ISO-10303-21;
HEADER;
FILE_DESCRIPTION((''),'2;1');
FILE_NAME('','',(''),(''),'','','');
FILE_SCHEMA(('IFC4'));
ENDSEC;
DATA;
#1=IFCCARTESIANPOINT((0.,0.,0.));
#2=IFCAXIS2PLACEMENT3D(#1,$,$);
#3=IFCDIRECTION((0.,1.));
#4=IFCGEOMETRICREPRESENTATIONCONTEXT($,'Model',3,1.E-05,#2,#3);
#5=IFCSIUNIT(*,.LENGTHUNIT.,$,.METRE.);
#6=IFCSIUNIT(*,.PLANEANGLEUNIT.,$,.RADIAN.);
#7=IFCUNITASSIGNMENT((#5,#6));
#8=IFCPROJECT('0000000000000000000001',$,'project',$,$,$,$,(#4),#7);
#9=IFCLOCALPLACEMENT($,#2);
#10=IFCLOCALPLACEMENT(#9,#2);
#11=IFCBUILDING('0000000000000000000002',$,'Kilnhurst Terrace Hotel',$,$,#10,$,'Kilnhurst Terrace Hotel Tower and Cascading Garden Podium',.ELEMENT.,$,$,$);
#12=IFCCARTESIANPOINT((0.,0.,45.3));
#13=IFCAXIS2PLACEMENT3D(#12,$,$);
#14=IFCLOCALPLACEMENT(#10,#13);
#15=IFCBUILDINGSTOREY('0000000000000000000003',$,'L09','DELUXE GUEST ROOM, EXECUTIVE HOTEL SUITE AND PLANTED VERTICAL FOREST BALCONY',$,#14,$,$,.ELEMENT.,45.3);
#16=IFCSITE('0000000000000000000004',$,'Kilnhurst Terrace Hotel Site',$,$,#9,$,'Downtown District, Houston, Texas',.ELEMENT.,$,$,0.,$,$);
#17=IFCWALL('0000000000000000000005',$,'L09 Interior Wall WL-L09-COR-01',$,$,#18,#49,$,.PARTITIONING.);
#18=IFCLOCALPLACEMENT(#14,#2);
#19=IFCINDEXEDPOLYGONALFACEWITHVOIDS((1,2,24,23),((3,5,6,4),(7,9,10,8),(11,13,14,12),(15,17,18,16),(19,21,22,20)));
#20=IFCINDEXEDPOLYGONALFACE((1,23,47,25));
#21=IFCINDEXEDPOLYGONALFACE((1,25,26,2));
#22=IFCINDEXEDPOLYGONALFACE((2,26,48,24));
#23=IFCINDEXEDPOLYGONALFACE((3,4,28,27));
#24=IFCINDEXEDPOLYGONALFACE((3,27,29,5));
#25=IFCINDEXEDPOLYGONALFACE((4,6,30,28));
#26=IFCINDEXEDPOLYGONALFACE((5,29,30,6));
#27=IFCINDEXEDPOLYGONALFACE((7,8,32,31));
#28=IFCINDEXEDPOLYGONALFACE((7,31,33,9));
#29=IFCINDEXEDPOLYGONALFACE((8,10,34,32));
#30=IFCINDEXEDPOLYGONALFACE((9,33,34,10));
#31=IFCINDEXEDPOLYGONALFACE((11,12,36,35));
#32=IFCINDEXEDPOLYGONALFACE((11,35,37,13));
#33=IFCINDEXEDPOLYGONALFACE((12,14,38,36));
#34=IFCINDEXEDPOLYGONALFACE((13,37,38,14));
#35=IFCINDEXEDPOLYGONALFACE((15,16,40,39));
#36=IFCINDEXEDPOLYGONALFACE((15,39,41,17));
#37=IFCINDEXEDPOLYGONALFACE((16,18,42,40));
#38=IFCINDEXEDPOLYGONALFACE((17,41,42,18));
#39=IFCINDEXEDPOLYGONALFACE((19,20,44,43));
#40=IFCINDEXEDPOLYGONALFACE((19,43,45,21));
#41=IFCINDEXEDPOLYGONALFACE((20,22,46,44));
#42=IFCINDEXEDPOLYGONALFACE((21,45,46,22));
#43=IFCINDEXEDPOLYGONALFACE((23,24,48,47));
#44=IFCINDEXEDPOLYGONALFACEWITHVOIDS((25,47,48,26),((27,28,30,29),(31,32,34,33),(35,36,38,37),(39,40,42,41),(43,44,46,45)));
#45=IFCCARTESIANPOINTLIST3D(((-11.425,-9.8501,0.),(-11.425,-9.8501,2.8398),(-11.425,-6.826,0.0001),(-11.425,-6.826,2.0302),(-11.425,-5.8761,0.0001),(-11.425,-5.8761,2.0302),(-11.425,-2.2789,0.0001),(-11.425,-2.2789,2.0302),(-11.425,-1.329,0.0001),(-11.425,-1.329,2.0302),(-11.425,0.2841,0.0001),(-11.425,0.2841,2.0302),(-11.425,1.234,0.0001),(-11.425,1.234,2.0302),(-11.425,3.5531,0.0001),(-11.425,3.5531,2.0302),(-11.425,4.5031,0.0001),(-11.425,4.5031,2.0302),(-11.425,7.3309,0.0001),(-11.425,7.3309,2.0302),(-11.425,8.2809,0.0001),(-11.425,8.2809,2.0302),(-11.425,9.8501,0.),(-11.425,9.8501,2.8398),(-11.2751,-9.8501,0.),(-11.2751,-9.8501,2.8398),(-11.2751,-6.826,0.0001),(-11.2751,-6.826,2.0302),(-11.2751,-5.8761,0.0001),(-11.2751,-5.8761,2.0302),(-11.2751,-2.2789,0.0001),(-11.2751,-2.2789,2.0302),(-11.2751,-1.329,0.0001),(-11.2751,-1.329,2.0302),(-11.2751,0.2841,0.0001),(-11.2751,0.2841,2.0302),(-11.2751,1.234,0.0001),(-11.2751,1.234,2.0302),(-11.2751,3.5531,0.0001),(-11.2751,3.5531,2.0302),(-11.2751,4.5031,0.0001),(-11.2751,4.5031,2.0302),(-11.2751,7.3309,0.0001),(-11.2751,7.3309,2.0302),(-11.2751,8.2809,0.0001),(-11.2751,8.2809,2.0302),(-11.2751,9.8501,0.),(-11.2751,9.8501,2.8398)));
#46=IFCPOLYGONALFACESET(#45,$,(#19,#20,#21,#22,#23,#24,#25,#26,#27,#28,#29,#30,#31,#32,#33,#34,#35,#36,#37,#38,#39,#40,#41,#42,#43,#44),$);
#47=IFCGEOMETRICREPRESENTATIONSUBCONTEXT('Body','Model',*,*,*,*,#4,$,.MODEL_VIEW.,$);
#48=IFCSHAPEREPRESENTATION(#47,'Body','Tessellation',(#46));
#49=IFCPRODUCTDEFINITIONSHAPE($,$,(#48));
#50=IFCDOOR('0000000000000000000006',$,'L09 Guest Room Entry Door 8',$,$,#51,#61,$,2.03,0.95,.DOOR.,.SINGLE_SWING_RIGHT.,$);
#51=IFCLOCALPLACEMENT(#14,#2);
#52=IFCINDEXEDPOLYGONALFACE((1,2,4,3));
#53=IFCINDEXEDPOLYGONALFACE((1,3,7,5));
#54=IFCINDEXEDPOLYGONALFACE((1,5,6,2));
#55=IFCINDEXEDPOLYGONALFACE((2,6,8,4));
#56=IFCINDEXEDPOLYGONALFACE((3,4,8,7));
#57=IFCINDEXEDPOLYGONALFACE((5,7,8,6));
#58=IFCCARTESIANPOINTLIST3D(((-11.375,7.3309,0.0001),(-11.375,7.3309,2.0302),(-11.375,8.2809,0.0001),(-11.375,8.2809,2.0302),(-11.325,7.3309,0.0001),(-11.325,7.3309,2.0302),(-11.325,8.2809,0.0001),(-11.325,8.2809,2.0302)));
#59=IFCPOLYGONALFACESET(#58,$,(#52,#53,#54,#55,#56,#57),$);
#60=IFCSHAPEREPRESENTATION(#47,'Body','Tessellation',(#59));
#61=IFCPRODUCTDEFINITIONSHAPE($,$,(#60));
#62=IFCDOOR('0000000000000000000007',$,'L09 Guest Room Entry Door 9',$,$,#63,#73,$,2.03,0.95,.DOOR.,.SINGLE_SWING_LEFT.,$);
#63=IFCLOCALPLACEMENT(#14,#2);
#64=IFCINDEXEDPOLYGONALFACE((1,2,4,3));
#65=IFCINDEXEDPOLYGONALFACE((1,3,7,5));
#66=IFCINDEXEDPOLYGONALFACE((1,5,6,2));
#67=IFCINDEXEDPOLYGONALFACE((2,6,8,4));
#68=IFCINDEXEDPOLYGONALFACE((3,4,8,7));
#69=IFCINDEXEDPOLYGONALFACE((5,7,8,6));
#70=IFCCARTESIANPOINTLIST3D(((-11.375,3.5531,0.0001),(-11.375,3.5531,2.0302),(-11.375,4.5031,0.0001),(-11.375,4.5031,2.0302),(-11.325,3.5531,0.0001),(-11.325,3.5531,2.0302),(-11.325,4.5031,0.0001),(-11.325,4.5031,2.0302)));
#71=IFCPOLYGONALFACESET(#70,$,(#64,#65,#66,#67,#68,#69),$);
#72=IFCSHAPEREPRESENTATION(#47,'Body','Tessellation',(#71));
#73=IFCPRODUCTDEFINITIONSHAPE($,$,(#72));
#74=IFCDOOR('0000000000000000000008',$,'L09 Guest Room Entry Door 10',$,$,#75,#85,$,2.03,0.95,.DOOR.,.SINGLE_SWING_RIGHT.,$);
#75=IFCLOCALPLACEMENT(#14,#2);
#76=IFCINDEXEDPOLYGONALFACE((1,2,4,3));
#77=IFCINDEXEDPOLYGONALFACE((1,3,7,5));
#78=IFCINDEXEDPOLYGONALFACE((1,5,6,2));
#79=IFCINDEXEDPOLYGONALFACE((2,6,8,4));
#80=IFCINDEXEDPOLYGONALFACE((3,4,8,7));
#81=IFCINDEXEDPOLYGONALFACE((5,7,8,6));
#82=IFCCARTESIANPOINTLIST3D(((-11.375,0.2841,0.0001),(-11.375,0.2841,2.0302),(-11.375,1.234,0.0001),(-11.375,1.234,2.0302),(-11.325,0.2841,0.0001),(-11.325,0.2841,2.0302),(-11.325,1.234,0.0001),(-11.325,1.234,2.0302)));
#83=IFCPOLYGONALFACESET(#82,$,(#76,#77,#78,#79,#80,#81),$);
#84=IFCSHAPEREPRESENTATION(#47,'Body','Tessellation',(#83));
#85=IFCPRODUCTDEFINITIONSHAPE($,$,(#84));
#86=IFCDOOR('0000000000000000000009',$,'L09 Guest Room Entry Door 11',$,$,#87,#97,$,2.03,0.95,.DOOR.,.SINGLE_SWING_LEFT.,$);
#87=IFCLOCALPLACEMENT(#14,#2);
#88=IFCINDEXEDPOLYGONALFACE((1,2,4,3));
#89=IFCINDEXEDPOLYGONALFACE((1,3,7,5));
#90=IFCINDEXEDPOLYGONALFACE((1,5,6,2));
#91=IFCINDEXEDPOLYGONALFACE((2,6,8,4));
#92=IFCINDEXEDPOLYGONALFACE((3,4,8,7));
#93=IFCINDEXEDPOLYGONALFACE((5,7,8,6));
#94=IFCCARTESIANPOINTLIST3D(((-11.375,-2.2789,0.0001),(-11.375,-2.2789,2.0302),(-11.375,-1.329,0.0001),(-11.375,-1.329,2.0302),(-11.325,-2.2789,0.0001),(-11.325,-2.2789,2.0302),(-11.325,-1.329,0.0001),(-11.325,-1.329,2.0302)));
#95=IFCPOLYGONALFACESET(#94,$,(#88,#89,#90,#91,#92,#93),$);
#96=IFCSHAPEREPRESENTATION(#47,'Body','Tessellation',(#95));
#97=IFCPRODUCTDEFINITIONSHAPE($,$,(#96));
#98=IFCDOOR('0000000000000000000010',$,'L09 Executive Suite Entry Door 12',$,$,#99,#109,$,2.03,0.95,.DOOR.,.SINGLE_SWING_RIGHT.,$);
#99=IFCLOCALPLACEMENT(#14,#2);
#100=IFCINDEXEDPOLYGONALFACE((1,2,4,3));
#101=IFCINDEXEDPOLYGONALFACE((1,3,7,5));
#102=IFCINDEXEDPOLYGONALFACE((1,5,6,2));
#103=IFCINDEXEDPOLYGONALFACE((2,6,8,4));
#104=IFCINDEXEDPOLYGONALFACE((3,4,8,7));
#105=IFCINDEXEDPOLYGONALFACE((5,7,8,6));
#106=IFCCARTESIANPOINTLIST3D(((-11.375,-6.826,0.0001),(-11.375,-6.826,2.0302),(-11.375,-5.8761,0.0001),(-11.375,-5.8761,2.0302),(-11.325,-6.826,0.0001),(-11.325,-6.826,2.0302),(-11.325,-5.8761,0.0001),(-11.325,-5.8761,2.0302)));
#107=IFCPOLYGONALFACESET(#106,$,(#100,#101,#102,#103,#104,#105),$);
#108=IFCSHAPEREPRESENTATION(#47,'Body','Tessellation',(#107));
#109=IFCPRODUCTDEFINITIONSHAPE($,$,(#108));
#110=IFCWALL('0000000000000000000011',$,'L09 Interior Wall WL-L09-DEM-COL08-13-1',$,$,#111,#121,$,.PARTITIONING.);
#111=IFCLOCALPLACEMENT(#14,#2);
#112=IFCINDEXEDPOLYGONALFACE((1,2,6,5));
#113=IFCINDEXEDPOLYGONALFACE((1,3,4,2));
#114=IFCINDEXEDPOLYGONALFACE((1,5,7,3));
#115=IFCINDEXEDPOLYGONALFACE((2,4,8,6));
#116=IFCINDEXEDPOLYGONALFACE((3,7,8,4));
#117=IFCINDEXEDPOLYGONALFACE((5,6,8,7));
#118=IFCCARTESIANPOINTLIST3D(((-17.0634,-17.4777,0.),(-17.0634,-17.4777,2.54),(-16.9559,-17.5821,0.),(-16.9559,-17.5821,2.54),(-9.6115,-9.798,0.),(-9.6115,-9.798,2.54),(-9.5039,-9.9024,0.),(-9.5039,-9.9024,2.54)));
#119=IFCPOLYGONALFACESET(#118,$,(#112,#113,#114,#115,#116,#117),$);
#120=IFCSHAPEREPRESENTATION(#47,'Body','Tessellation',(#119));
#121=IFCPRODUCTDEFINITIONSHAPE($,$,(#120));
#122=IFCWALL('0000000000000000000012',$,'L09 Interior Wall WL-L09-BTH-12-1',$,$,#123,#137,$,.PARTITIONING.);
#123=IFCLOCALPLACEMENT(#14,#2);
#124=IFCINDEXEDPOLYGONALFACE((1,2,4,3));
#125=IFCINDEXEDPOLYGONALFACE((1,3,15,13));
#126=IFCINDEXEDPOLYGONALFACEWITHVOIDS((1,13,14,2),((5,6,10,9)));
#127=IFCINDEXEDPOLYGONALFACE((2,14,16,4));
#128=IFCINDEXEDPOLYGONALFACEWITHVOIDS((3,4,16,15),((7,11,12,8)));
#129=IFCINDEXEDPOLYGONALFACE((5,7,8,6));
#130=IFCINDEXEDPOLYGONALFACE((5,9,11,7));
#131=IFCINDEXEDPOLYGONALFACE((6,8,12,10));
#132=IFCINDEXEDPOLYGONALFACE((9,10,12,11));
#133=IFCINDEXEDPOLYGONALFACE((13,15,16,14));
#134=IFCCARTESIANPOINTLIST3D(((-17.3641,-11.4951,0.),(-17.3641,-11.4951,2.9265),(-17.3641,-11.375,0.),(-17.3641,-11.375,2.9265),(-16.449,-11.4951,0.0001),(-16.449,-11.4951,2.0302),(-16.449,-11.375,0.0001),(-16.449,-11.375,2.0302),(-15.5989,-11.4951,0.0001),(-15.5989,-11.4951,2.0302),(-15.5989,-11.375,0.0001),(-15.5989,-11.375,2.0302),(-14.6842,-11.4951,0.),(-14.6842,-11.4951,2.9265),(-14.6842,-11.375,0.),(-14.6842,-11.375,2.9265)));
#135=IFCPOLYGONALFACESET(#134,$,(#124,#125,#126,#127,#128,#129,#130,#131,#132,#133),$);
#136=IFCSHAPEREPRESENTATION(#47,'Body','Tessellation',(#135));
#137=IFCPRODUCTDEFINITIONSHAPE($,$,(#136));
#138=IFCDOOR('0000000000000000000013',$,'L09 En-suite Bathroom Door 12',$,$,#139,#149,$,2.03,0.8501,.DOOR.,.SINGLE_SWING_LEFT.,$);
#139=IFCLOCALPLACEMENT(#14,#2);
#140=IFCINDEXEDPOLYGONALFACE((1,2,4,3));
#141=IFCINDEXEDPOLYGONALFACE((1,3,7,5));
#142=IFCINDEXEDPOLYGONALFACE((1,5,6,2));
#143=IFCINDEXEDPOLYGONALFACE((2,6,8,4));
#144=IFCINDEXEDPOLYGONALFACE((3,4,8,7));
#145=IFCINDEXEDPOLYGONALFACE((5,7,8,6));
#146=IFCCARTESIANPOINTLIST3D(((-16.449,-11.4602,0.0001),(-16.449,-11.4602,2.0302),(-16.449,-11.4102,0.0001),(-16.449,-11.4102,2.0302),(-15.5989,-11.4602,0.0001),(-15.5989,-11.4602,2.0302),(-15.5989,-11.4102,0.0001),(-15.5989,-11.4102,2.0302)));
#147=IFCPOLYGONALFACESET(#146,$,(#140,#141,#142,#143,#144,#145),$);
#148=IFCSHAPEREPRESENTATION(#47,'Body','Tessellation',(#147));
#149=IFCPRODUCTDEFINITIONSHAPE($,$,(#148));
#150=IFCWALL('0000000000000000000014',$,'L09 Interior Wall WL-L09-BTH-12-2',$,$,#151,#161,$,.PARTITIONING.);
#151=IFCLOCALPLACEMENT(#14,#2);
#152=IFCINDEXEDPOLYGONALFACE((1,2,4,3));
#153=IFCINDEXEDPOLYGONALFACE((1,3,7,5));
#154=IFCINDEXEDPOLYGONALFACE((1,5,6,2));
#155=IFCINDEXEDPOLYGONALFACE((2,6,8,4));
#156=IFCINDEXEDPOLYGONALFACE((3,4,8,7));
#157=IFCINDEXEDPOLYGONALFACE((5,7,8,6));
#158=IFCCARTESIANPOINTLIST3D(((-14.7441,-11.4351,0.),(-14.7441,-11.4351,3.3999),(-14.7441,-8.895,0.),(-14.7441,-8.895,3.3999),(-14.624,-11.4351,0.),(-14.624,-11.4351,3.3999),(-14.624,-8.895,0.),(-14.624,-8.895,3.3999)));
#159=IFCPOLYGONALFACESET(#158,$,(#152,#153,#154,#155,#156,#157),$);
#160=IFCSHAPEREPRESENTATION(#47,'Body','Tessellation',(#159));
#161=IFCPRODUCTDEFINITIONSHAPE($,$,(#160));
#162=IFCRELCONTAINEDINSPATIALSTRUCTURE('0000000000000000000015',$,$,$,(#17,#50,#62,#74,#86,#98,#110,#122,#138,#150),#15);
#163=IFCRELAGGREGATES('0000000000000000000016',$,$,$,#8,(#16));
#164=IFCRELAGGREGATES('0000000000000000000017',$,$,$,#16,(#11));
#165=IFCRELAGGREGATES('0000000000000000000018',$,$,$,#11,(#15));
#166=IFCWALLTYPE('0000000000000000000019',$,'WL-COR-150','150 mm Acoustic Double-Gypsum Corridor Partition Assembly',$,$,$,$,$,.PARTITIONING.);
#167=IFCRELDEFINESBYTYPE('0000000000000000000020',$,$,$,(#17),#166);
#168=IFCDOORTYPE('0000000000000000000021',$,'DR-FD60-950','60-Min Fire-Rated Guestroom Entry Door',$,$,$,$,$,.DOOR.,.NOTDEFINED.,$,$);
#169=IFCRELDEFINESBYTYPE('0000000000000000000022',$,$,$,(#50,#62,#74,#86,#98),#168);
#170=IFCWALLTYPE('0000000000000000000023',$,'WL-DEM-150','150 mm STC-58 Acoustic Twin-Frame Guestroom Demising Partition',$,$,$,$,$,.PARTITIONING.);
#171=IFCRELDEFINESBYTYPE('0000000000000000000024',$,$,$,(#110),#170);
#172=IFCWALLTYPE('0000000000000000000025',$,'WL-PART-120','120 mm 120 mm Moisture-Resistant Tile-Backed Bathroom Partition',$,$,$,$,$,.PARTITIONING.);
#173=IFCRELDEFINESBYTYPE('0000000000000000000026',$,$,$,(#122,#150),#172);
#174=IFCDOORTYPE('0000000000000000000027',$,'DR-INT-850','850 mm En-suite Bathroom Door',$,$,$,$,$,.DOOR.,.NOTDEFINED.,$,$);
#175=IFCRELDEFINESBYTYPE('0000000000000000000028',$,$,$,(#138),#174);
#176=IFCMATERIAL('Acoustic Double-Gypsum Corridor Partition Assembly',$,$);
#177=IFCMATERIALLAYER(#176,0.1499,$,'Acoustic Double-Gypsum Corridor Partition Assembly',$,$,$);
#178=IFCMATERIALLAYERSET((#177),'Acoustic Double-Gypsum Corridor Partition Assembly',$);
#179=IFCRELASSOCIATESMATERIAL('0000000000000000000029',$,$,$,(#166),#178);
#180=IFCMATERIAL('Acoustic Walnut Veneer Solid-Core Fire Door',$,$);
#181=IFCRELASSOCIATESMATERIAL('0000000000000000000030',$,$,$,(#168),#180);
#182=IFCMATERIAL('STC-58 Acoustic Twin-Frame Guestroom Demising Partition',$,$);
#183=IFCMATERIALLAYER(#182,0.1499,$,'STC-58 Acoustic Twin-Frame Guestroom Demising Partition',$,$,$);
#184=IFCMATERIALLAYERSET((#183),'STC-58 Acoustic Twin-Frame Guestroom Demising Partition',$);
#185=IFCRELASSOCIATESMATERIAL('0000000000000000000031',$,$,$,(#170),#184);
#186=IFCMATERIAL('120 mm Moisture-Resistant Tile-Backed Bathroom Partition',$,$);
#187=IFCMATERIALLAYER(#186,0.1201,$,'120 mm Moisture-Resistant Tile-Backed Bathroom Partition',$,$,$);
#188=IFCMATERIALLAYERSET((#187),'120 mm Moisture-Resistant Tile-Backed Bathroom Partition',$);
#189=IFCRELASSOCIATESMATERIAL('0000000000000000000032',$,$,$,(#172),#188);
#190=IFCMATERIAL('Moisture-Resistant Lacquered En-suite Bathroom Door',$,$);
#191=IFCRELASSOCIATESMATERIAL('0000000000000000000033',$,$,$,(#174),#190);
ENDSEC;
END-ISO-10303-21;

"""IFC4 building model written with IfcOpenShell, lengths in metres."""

from ifc_helpers import new_model, si_unit, direction, frame, frame_2d, origin, place, context, subcontext, project, spatial, rectangle, extrude, material, layer, layer_set, type_object, element, fill, save


model = new_model("IFC4")

# Units and contexts
model_context = context("Model", 3, precision=1e-05, world=origin(), true_north=direction((0.0, 1.0)))
body_context = subcontext(model_context, "Body", "Model", "MODEL_VIEW")
ifc_project = project(units=[si_unit("LENGTHUNIT", "METRE"), si_unit("PLANEANGLEUNIT", "RADIAN")], contexts=[model_context])

# Site, building, storey
site_placement = place(None, origin())
site = spatial("IfcSite", under=ifc_project, at=site_placement, Name="Kilnhurst Terrace Hotel Site", LongName="Downtown District, Houston, Texas", CompositionType="ELEMENT", RefElevation=0.0)
building_placement = place(site_placement, origin())
building = spatial("IfcBuilding", under=site, at=building_placement, Name="Kilnhurst Terrace Hotel", LongName="Kilnhurst Terrace Hotel Tower and Cascading Garden Podium", CompositionType="ELEMENT")
storey_placement = place(building_placement, frame((0.0, 0.0, 45.3)))
storey = spatial("IfcBuildingStorey", under=building, at=storey_placement, Name="L09", Description="DELUXE GUEST ROOM, EXECUTIVE HOTEL SUITE AND PLANTED VERTICAL FOREST BALCONY", CompositionType="ELEMENT", Elevation=45.3)

# Wall, openings, doors
ifc_material_1 = material(Name="Acoustic Double-Gypsum Corridor Partition Assembly")
ifc_layer_1 = layer(ifc_material_1, 0.1499, Name="Acoustic Double-Gypsum Corridor Partition Assembly")
ifc_layer_set_1 = layer_set([ifc_layer_1], Name="Acoustic Double-Gypsum Corridor Partition Assembly")
wall_type_1 = type_object("IfcWallType", Name="WL-COR-150", Description="150 mm Acoustic Double-Gypsum Corridor Partition Assembly", PredefinedType="PARTITIONING", material=ifc_layer_set_1)
wall_1_placement = place(storey_placement, frame((-11.3501, -9.8501, 0.0), z_axis=(0.0, 0.0, 1.0), x_axis=(0.0, 1.0, 0.0)))
wall_1 = element("IfcWall", 1, at=wall_1_placement, inside=storey, type_object=wall_type_1, Name="L09 Interior Wall WL-L09-COR-01", PredefinedType="PARTITIONING", context=body_context, shape_type="SweptSolid", body=[
    extrude(rectangle(XDim=19.7002, YDim=0.1499, at=frame_2d((9.8501, 0.0))), origin(), (0.0, 0.0, 1.0), 2.8398),
])
opening_1_placement = place(wall_1_placement, frame((17.1809, 0.0, 0.0)))
opening_1 = element("IfcOpeningElement", 2, at=opening_1_placement, cuts=wall_1, PredefinedType="OPENING", context=body_context, shape_type="SweptSolid", body=[
    extrude(rectangle(XDim=0.95, YDim=2.03, at=frame_2d((0.4751, 1.0151))), frame((0.0, 0.085, 0.0), z_axis=(0.0, -1.0, 0.0), x_axis=(1.0, 0.0, 0.0)), (0.0, 0.0, 1.0), 0.1699),
])
opening_2_placement = place(wall_1_placement, frame((13.4031, 0.0, 0.0)))
opening_2 = element("IfcOpeningElement", 3, at=opening_2_placement, cuts=wall_1, PredefinedType="OPENING", context=body_context, shape_type="SweptSolid", body=[
    extrude(rectangle(XDim=0.95, YDim=2.03, at=frame_2d((0.4751, 1.0151))), frame((0.0, 0.085, 0.0), z_axis=(0.0, -1.0, 0.0), x_axis=(1.0, 0.0, 0.0)), (0.0, 0.0, 1.0), 0.1699),
])
opening_3_placement = place(wall_1_placement, frame((10.134, 0.0, 0.0)))
opening_3 = element("IfcOpeningElement", 4, at=opening_3_placement, cuts=wall_1, PredefinedType="OPENING", context=body_context, shape_type="SweptSolid", body=[
    extrude(rectangle(XDim=0.95, YDim=2.03, at=frame_2d((0.4751, 1.0151))), frame((0.0, 0.085, 0.0), z_axis=(0.0, -1.0, 0.0), x_axis=(1.0, 0.0, 0.0)), (0.0, 0.0, 1.0), 0.1699),
])
opening_4_placement = place(wall_1_placement, frame((7.571, 0.0, 0.0)))
opening_4 = element("IfcOpeningElement", 5, at=opening_4_placement, cuts=wall_1, PredefinedType="OPENING", context=body_context, shape_type="SweptSolid", body=[
    extrude(rectangle(XDim=0.95, YDim=2.03, at=frame_2d((0.4751, 1.0151))), frame((0.0, 0.085, 0.0), z_axis=(0.0, -1.0, 0.0), x_axis=(1.0, 0.0, 0.0)), (0.0, 0.0, 1.0), 0.1699),
])
opening_5_placement = place(wall_1_placement, frame((3.0239, 0.0, 0.0)))
opening_5 = element("IfcOpeningElement", 6, at=opening_5_placement, cuts=wall_1, PredefinedType="OPENING", context=body_context, shape_type="SweptSolid", body=[
    extrude(rectangle(XDim=0.95, YDim=2.03, at=frame_2d((0.4751, 1.0151))), frame((0.0, 0.085, 0.0), z_axis=(0.0, -1.0, 0.0), x_axis=(1.0, 0.0, 0.0)), (0.0, 0.0, 1.0), 0.1699),
])
ifc_material_2 = material(Name="Acoustic Walnut Veneer Solid-Core Fire Door")
door_type_1 = type_object("IfcDoorType", Name="DR-FD60-950", Description="60-Min Fire-Rated Guestroom Entry Door", OperationType="NOTDEFINED", PredefinedType="DOOR", material=ifc_material_2)
door_1_placement = place(opening_1_placement, origin())
door_1 = element("IfcDoor", 7, at=door_1_placement, inside=storey, type_object=door_type_1, Name="L09 Guest Room Entry Door 8", OperationType="SINGLE_SWING_RIGHT", OverallHeight=2.03, OverallWidth=0.95, PredefinedType="DOOR", context=body_context, shape_type="SweptSolid", body=[
    extrude(rectangle(XDim=0.95, YDim=2.03, at=frame_2d((0.4751, 1.0151))), frame((0.0, 0.0249, 0.0), z_axis=(0.0, -1.0, 0.0), x_axis=(1.0, 0.0, 0.0)), (0.0, 0.0, 1.0), 0.05),
])
fill(opening_1, door_1)
door_2_placement = place(opening_2_placement, origin())
door_2 = element("IfcDoor", 8, at=door_2_placement, inside=storey, type_object=door_type_1, Name="L09 Guest Room Entry Door 9", OperationType="SINGLE_SWING_LEFT", OverallHeight=2.03, OverallWidth=0.95, PredefinedType="DOOR", context=body_context, shape_type="SweptSolid", body=[
    extrude(rectangle(XDim=0.95, YDim=2.03, at=frame_2d((0.4751, 1.0151))), frame((0.0, 0.0249, 0.0), z_axis=(0.0, -1.0, 0.0), x_axis=(1.0, 0.0, 0.0)), (0.0, 0.0, 1.0), 0.05),
])
fill(opening_2, door_2)
door_3_placement = place(opening_3_placement, origin())
door_3 = element("IfcDoor", 9, at=door_3_placement, inside=storey, type_object=door_type_1, Name="L09 Guest Room Entry Door 10", OperationType="SINGLE_SWING_RIGHT", OverallHeight=2.03, OverallWidth=0.95, PredefinedType="DOOR", context=body_context, shape_type="SweptSolid", body=[
    extrude(rectangle(XDim=0.95, YDim=2.03, at=frame_2d((0.4751, 1.0151))), frame((0.0, 0.0249, 0.0), z_axis=(0.0, -1.0, 0.0), x_axis=(1.0, 0.0, 0.0)), (0.0, 0.0, 1.0), 0.05),
])
fill(opening_3, door_3)
door_4_placement = place(opening_4_placement, origin())
door_4 = element("IfcDoor", 10, at=door_4_placement, inside=storey, type_object=door_type_1, Name="L09 Guest Room Entry Door 11", OperationType="SINGLE_SWING_LEFT", OverallHeight=2.03, OverallWidth=0.95, PredefinedType="DOOR", context=body_context, shape_type="SweptSolid", body=[
    extrude(rectangle(XDim=0.95, YDim=2.03, at=frame_2d((0.4751, 1.0151))), frame((0.0, 0.0249, 0.0), z_axis=(0.0, -1.0, 0.0), x_axis=(1.0, 0.0, 0.0)), (0.0, 0.0, 1.0), 0.05),
])
fill(opening_4, door_4)
door_5_placement = place(opening_5_placement, origin())
door_5 = element("IfcDoor", 11, at=door_5_placement, inside=storey, type_object=door_type_1, Name="L09 Executive Suite Entry Door 12", OperationType="SINGLE_SWING_RIGHT", OverallHeight=2.03, OverallWidth=0.95, PredefinedType="DOOR", context=body_context, shape_type="SweptSolid", body=[
    extrude(rectangle(XDim=0.95, YDim=2.03, at=frame_2d((0.4751, 1.0151))), frame((0.0, 0.0249, 0.0), z_axis=(0.0, -1.0, 0.0), x_axis=(1.0, 0.0, 0.0)), (0.0, 0.0, 1.0), 0.05),
])
fill(opening_5, door_5)

# Wall
ifc_material_3 = material(Name="STC-58 Acoustic Twin-Frame Guestroom Demising Partition")
ifc_layer_2 = layer(ifc_material_3, 0.1499, Name="STC-58 Acoustic Twin-Frame Guestroom Demising Partition")
ifc_layer_set_2 = layer_set([ifc_layer_2], Name="STC-58 Acoustic Twin-Frame Guestroom Demising Partition")
wall_type_2 = type_object("IfcWallType", Name="WL-DEM-150", Description="150 mm STC-58 Acoustic Twin-Frame Guestroom Demising Partition", PredefinedType="PARTITIONING", material=ifc_layer_set_2)
wall_2_placement = place(storey_placement, frame((-9.5576, -9.8501, 0.0), z_axis=(0.0, 0.0, 1.0), x_axis=(-0.696383, -0.71767, 0.0)))
element("IfcWall", 12, at=wall_2_placement, inside=storey, type_object=wall_type_2, Name="L09 Interior Wall WL-L09-DEM-COL08-13-1", PredefinedType="PARTITIONING", context=body_context, shape_type="SweptSolid", body=[
    extrude(rectangle(XDim=10.7009, YDim=0.1499, at=frame_2d((5.3506, 0.0))), origin(), (0.0, 0.0, 1.0), 2.54),
])

# Wall, opening, door
ifc_material_4 = material(Name="120 mm Moisture-Resistant Tile-Backed Bathroom Partition")
ifc_layer_3 = layer(ifc_material_4, 0.1201, Name="120 mm Moisture-Resistant Tile-Backed Bathroom Partition")
ifc_layer_set_3 = layer_set([ifc_layer_3], Name="120 mm Moisture-Resistant Tile-Backed Bathroom Partition")
wall_type_3 = type_object("IfcWallType", Name="WL-PART-120", Description="120 mm 120 mm Moisture-Resistant Tile-Backed Bathroom Partition", PredefinedType="PARTITIONING", material=ifc_layer_set_3)
wall_3_placement = place(storey_placement, frame((-17.364, -11.4351, 0.0), z_axis=(0.0, 0.0, 1.0), x_axis=(1.0, 0.0, 0.0)))
wall_3 = element("IfcWall", 13, at=wall_3_placement, inside=storey, type_object=wall_type_3, Name="L09 Interior Wall WL-L09-BTH-12-1", PredefinedType="PARTITIONING", context=body_context, shape_type="SweptSolid", body=[
    extrude(rectangle(XDim=2.6799, YDim=0.1201, at=frame_2d((1.3398, 0.0))), origin(), (0.0, 0.0, 1.0), 2.9265),
])
opening_6_placement = place(wall_3_placement, frame((0.915, 0.0, 0.0)))
opening_6 = element("IfcOpeningElement", 14, at=opening_6_placement, cuts=wall_3, PredefinedType="OPENING", context=body_context, shape_type="SweptSolid", body=[
    extrude(rectangle(XDim=0.8501, YDim=2.03, at=frame_2d((0.425, 1.0151))), frame((0.0, 0.0701, 0.0), z_axis=(0.0, -1.0, 0.0), x_axis=(1.0, 0.0, 0.0)), (0.0, 0.0, 1.0), 0.1401),
])
ifc_material_5 = material(Name="Moisture-Resistant Lacquered En-suite Bathroom Door")
door_type_2 = type_object("IfcDoorType", Name="DR-INT-850", Description="850 mm En-suite Bathroom Door", OperationType="NOTDEFINED", PredefinedType="DOOR", material=ifc_material_5)
door_6_placement = place(opening_6_placement, origin())
door_6 = element("IfcDoor", 15, at=door_6_placement, inside=storey, type_object=door_type_2, Name="L09 En-suite Bathroom Door 12", OperationType="SINGLE_SWING_LEFT", OverallHeight=2.03, OverallWidth=0.8501, PredefinedType="DOOR", context=body_context, shape_type="SweptSolid", body=[
    extrude(rectangle(XDim=0.8501, YDim=2.03, at=frame_2d((0.425, 1.0151))), frame((0.0, 0.0249, 0.0), z_axis=(0.0, -1.0, 0.0), x_axis=(1.0, 0.0, 0.0)), (0.0, 0.0, 1.0), 0.05),
])
fill(opening_6, door_6)

# Wall
wall_4_placement = place(storey_placement, frame((-14.6841, -11.4351, 0.0), z_axis=(0.0, 0.0, 1.0), x_axis=(0.0, 1.0, 0.0)))
element("IfcWall", 16, at=wall_4_placement, inside=storey, type_object=wall_type_3, Name="L09 Interior Wall WL-L09-BTH-12-2", PredefinedType="PARTITIONING", context=body_context, shape_type="SweptSolid", body=[
    extrude(rectangle(XDim=2.54, YDim=0.1201, at=frame_2d((1.27, 0.0))), origin(), (0.0, 0.0, 1.0), 3.3999),
])

save(model, "model.ifc")
